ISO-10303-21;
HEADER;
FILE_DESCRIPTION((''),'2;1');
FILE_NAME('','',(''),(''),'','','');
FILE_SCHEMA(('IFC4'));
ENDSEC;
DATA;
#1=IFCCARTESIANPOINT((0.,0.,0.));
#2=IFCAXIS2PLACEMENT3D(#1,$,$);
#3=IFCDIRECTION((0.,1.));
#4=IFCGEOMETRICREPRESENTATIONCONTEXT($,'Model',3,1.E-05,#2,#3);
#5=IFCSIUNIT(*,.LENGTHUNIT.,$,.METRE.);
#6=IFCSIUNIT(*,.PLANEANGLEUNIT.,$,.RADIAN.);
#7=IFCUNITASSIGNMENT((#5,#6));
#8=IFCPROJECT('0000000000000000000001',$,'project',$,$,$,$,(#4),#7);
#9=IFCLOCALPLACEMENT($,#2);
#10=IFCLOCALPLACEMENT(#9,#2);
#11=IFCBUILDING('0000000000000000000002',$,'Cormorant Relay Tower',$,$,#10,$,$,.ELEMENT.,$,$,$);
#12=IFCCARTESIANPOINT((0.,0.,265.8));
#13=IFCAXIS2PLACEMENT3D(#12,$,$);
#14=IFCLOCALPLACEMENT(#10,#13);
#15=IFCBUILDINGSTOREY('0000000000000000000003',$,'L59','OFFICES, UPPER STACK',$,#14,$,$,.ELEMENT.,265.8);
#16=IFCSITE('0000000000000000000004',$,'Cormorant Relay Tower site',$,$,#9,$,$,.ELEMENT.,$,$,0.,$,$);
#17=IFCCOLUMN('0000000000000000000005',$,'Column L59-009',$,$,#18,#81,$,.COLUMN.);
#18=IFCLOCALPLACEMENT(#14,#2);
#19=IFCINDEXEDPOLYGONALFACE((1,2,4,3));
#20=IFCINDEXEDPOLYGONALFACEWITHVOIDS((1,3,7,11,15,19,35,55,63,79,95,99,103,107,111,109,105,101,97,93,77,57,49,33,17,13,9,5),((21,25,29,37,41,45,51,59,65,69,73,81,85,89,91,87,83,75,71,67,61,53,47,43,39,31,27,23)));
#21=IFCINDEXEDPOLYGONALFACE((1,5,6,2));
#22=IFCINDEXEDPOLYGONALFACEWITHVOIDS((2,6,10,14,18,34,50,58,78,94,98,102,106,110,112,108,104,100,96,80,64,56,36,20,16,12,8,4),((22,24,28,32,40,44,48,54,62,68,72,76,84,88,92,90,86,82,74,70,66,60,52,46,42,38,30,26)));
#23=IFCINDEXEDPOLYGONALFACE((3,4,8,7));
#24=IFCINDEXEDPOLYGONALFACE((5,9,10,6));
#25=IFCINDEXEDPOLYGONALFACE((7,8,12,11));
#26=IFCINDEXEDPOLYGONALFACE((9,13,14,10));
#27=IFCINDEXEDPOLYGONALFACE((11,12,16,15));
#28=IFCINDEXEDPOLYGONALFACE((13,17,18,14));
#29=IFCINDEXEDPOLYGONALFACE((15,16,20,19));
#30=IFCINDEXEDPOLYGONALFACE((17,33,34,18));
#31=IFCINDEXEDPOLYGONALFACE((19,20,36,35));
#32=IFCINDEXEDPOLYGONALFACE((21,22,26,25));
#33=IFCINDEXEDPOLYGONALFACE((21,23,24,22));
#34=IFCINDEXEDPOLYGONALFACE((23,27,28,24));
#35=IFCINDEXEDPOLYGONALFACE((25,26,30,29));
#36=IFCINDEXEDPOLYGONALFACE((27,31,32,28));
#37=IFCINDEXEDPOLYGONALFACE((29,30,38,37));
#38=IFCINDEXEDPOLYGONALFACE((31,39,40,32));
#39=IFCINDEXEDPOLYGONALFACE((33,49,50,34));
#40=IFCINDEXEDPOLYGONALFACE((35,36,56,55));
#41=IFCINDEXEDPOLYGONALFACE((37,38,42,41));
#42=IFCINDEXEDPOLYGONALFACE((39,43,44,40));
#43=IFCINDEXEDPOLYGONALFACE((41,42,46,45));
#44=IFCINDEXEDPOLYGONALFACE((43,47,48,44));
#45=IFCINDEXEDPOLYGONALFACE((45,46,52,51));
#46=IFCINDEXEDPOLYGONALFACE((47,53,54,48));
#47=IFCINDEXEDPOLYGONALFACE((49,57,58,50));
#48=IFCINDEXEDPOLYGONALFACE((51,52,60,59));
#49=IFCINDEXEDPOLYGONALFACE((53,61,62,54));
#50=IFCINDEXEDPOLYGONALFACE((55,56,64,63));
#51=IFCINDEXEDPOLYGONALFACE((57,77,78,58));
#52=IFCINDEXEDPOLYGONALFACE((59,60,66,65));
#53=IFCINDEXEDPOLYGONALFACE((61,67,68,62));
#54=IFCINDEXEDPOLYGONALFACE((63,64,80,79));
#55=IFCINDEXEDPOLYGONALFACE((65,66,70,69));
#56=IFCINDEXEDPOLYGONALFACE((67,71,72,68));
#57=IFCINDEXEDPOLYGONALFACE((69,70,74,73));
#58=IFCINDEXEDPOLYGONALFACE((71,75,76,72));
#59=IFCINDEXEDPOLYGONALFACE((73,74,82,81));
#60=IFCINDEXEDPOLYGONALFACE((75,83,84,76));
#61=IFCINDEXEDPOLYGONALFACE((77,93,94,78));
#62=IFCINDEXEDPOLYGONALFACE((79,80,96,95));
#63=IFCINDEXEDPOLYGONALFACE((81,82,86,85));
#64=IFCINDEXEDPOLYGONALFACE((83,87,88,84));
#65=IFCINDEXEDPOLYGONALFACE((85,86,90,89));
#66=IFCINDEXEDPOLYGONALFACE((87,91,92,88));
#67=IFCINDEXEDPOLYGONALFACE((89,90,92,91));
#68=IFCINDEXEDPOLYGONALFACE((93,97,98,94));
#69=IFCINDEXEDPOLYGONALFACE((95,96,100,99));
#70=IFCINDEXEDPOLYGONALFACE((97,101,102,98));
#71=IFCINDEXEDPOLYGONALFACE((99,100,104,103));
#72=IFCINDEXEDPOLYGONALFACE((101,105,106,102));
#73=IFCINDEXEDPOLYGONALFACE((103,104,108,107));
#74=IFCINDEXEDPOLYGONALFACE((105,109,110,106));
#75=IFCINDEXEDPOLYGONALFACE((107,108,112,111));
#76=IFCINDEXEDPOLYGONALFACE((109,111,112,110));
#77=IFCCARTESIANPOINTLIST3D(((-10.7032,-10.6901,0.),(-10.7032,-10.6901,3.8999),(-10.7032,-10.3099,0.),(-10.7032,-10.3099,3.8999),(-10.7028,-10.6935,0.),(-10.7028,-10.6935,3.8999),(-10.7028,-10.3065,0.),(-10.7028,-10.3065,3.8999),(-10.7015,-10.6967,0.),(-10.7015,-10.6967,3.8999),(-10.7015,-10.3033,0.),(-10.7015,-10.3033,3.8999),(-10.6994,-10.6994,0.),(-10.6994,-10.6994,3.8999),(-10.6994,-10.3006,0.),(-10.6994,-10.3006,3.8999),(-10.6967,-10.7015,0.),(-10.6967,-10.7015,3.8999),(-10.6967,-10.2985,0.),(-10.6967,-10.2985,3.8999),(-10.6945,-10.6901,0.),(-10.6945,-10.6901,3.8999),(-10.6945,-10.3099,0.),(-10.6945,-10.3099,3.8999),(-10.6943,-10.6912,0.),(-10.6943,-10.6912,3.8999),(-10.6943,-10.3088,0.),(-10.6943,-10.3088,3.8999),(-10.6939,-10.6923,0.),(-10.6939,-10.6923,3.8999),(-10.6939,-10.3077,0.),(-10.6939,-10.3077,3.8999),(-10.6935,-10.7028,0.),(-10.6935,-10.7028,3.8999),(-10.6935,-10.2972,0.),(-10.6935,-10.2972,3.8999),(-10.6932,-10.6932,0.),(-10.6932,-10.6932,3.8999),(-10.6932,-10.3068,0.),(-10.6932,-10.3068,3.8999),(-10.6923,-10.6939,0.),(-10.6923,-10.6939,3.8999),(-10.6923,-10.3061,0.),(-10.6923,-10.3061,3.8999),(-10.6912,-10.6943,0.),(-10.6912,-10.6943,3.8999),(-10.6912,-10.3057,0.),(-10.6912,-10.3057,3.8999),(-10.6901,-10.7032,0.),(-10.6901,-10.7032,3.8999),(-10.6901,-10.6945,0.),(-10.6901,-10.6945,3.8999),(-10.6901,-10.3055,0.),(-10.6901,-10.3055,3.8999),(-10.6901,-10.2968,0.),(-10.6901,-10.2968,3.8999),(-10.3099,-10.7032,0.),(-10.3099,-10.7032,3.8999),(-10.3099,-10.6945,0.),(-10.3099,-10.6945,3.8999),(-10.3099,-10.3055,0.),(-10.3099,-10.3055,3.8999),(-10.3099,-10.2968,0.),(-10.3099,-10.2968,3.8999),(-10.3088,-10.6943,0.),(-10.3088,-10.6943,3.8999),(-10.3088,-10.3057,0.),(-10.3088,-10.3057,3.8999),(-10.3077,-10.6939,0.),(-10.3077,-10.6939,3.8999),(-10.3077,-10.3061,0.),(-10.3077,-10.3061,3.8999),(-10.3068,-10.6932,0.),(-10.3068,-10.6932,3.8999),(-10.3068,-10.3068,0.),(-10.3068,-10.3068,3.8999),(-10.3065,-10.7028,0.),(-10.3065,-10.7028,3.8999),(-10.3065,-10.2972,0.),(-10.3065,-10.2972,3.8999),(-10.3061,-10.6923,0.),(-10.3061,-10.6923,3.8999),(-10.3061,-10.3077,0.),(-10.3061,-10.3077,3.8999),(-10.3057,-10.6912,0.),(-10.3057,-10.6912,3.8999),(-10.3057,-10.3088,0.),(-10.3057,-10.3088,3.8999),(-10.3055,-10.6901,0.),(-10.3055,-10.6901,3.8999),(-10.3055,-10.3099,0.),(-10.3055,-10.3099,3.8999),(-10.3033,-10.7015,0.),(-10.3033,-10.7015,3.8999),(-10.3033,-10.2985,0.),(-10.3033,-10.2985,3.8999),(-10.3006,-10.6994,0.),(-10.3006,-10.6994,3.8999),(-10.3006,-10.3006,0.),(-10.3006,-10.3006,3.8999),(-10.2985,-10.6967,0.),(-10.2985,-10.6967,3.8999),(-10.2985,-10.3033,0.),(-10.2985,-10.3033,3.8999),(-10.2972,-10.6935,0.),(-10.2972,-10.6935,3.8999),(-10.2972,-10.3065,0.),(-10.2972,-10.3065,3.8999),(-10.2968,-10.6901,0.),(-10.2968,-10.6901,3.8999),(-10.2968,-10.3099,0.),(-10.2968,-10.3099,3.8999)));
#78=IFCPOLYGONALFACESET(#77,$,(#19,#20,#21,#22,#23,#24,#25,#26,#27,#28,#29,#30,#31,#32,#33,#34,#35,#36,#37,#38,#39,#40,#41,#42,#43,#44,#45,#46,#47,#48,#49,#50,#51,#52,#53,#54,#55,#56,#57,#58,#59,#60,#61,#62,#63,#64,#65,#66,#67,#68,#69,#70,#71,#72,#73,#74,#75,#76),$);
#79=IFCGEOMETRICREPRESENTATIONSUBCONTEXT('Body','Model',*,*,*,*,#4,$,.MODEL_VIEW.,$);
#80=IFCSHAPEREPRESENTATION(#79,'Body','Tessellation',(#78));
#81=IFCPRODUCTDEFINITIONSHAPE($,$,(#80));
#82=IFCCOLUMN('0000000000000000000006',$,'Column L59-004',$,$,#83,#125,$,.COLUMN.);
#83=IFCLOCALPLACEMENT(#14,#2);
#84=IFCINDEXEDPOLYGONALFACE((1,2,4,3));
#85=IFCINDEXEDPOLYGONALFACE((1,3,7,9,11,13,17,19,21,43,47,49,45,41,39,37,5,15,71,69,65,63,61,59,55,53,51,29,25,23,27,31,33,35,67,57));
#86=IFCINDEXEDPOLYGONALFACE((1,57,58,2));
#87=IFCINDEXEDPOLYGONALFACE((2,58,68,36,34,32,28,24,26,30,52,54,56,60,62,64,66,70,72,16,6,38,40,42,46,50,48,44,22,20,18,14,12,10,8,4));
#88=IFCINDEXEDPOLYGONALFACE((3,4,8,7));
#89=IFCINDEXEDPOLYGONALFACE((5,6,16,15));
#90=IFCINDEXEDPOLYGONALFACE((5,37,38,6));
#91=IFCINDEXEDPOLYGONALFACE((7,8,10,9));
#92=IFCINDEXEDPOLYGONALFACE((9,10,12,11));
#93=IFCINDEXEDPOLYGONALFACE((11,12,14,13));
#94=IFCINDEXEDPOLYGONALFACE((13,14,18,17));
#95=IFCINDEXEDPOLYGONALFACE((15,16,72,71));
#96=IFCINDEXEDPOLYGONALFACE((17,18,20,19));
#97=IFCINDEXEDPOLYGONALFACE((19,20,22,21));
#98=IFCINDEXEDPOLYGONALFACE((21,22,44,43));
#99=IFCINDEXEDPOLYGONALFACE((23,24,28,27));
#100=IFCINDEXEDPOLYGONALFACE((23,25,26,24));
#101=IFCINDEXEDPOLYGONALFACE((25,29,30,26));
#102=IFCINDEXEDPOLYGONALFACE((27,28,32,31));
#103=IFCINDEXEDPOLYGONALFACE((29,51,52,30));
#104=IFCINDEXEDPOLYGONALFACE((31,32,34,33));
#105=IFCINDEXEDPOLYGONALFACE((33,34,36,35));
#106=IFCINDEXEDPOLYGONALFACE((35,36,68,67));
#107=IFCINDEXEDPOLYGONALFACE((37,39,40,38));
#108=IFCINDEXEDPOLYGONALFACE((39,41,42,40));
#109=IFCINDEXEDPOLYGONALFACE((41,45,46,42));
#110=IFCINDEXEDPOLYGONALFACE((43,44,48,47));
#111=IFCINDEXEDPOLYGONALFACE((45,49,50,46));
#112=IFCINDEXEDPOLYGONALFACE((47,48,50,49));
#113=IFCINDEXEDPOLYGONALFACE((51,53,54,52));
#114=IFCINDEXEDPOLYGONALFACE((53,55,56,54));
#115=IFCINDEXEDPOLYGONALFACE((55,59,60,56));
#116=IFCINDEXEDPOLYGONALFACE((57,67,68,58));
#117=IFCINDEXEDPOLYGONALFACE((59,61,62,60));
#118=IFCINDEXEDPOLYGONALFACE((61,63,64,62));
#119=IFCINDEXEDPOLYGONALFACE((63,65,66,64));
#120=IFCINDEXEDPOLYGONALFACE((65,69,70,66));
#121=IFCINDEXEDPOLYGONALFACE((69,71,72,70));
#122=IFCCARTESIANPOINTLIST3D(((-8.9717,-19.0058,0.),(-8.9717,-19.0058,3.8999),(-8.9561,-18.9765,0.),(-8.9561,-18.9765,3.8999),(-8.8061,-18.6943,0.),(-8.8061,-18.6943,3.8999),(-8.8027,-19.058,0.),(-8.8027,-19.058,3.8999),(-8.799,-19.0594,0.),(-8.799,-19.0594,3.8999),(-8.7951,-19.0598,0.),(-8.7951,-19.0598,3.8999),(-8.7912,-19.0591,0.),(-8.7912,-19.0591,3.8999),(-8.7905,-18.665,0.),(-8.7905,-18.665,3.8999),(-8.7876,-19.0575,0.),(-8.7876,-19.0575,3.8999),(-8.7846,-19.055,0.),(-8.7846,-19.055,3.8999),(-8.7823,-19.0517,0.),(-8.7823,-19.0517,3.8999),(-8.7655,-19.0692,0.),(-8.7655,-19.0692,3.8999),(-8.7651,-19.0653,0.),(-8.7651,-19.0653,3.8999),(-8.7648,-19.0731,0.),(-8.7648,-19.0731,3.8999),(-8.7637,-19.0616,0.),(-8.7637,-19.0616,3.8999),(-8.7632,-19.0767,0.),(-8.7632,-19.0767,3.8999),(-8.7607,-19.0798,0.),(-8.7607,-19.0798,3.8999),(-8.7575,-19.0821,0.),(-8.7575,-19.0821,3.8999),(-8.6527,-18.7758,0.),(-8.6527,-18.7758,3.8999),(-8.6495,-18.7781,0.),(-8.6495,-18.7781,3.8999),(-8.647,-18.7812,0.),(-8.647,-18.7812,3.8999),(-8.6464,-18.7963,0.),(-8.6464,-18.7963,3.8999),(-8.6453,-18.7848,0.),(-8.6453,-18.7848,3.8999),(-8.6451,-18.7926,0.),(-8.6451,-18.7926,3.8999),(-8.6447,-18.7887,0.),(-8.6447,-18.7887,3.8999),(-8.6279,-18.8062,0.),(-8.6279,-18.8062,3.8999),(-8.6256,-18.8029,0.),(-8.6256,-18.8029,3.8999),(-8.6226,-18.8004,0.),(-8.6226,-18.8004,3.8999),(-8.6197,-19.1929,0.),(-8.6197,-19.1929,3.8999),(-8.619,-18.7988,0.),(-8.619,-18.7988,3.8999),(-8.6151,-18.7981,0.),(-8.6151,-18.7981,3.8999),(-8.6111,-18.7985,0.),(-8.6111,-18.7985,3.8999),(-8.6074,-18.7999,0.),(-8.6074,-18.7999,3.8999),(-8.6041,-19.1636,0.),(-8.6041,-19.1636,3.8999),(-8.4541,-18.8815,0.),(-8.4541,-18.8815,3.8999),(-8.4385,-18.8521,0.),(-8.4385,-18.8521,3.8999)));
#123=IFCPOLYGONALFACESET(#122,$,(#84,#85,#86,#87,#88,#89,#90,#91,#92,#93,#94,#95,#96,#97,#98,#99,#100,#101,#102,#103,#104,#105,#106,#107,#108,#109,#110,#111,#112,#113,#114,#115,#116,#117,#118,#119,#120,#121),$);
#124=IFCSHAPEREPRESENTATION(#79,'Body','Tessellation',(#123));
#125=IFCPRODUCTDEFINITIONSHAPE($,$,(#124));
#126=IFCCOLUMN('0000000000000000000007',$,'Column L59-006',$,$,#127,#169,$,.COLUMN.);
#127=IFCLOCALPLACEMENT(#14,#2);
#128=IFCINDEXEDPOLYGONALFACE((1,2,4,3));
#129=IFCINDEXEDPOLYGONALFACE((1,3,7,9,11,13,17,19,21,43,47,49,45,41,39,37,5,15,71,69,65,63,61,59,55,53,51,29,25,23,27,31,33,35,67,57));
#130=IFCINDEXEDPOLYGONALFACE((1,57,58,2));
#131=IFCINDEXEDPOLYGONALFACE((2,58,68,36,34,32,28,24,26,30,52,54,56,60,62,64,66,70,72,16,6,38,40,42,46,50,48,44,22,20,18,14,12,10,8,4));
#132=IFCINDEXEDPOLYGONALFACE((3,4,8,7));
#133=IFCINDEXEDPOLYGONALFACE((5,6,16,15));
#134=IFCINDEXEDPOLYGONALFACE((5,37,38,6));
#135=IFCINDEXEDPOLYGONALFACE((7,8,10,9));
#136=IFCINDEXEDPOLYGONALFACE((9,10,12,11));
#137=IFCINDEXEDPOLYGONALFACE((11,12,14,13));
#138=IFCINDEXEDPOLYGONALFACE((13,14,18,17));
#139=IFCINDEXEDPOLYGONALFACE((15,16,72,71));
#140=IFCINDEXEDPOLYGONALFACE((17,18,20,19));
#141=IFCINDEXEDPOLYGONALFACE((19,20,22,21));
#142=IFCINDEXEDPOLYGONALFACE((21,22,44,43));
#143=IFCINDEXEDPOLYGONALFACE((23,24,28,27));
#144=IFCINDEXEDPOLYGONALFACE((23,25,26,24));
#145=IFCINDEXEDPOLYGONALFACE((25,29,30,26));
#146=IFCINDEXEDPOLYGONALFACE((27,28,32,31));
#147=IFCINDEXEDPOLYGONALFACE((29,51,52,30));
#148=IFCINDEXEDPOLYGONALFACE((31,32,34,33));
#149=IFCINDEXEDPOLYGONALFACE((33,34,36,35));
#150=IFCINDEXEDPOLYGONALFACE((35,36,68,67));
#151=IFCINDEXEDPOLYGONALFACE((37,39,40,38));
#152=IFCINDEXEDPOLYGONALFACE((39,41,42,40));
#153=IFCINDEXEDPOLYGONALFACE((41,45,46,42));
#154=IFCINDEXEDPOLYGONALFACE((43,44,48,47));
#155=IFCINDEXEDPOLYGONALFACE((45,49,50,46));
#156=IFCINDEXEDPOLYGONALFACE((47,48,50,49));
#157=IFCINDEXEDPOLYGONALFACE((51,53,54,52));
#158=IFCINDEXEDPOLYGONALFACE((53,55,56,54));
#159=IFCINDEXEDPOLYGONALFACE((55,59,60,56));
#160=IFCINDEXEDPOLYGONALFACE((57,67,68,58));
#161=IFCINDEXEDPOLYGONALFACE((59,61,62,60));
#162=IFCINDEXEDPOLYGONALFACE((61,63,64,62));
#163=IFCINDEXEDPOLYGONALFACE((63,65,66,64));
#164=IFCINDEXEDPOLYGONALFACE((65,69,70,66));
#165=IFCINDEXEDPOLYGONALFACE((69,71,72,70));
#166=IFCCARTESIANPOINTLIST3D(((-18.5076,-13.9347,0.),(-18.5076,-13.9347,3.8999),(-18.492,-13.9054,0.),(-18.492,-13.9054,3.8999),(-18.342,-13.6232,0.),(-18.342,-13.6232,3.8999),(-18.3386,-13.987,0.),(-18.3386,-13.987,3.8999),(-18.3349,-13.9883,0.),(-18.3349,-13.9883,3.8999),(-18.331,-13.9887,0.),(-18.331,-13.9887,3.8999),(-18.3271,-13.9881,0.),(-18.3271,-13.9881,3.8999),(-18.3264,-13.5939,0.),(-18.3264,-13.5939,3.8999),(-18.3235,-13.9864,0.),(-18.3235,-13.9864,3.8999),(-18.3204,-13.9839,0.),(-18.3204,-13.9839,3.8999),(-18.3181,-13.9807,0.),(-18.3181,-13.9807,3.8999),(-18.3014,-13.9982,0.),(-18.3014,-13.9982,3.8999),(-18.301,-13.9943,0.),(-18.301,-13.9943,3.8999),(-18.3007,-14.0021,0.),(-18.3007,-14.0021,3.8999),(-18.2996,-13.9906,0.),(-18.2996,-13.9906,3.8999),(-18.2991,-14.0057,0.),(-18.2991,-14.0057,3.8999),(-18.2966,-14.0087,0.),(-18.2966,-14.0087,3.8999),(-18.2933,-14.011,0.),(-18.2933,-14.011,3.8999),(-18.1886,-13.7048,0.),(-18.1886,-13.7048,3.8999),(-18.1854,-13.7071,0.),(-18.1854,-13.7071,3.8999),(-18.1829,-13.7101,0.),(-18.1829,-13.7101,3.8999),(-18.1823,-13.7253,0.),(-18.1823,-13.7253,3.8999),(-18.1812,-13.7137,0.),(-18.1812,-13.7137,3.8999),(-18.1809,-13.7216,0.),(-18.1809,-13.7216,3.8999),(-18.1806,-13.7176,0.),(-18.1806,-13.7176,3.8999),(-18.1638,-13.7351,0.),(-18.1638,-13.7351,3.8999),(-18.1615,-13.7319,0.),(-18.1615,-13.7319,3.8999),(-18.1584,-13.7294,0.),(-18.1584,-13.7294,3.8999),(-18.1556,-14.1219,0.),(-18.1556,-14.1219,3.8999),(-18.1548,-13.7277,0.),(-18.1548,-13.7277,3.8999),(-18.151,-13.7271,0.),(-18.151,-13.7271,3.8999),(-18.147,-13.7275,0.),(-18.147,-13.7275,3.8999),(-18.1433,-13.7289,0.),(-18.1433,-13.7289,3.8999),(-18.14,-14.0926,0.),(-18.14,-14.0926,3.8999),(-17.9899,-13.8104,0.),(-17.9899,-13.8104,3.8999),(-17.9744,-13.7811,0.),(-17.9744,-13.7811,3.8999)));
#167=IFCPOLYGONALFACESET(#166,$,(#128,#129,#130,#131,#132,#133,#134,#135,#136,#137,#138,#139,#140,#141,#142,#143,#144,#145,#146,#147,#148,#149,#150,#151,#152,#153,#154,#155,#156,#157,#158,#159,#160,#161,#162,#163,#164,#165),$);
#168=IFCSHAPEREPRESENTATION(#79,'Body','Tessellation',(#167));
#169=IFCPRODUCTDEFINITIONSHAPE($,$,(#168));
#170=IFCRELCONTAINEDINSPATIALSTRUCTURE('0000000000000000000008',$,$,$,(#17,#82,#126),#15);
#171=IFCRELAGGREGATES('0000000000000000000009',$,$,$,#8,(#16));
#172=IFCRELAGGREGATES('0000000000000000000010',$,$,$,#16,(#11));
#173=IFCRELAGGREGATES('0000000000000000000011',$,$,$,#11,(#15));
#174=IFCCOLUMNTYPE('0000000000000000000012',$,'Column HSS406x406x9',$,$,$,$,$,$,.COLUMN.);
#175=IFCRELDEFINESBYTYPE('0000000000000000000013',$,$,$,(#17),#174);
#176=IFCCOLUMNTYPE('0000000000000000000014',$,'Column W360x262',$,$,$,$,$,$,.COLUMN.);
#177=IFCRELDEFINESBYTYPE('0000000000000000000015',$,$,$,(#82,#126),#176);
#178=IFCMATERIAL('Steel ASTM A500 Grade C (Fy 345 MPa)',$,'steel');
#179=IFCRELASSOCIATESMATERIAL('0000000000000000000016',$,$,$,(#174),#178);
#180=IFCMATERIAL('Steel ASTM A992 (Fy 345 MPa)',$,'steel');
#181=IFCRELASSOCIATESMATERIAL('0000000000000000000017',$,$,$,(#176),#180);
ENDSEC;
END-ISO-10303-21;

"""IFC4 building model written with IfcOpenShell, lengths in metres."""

from ifc_helpers import new_model, si_unit, direction, frame, origin, origin_2d, place, context, subcontext, project, spatial, hollow_rectangle, i_section, extrude, material, material_profile, profile_set, type_object, element, save


model = new_model("IFC4")

# Units and contexts
model_context = context("Model", 3, precision=1e-05, world=origin(), true_north=direction((0.0, 1.0)))
body_context = subcontext(model_context, "Body", "Model", "MODEL_VIEW")
ifc_project = project(units=[si_unit("LENGTHUNIT", "METRE"), si_unit("PLANEANGLEUNIT", "RADIAN")], contexts=[model_context])

# Site, building, storey
site_placement = place(None, origin())
site = spatial("IfcSite", under=ifc_project, at=site_placement, Name="Cormorant Relay Tower site", CompositionType="ELEMENT", RefElevation=0.0)
building_placement = place(site_placement, origin())
building = spatial("IfcBuilding", under=site, at=building_placement, Name="Cormorant Relay Tower", CompositionType="ELEMENT")
storey_placement = place(building_placement, frame((0.0, 0.0, 265.8)))
storey = spatial("IfcBuildingStorey", under=building, at=storey_placement, Name="L59", Description="OFFICES, UPPER STACK", CompositionType="ELEMENT", Elevation=265.8)

# Columns
ifc_material_1 = material(Name="Steel ASTM A500 Grade C (Fy 345 MPa)", Category="steel")
ifc_material_profile_1 = material_profile(ifc_material_1, hollow_rectangle(XDim=0.4065, YDim=0.4065, WallThickness=0.0088, InnerFilletRadius=0.0044, OuterFilletRadius=0.0132, at=origin_2d()), Name="HSS406x406x9")
ifc_profile_set_1 = profile_set([ifc_material_profile_1], Name="Steel ASTM A500 Grade C (Fy 345 MPa)")
column_type_1 = type_object("IfcColumnType", Name="Column HSS406x406x9", PredefinedType="COLUMN", material=ifc_profile_set_1)
column_placement = place(storey_placement, frame((-10.5, -10.5, 0.0), z_axis=(0.0, 0.0, 1.0), x_axis=(1.0, 0.0, 0.0)))
element("IfcColumn", 1, at=column_placement, inside=storey, type_object=column_type_1, Name="Column L59-009", PredefinedType="COLUMN", context=body_context, shape_type="SweptSolid", body=[
    extrude(hollow_rectangle(XDim=0.4065, YDim=0.4065, WallThickness=0.0088, InnerFilletRadius=0.0044, OuterFilletRadius=0.0132, at=origin_2d()), origin(), (0.0, 0.0, 1.0), 3.8999),
])
ifc_material_2 = material(Name="Steel ASTM A992 (Fy 345 MPa)", Category="steel")
ifc_material_profile_2 = material_profile(ifc_material_2, i_section(OverallWidth=0.3987, OverallDepth=0.386, WebThickness=0.021, FlangeThickness=0.0332, FilletRadius=0.0151, at=origin_2d()), Name="W360x262")
ifc_profile_set_2 = profile_set([ifc_material_profile_2], Name="Steel ASTM A992 (Fy 345 MPa)")
column_type_2 = type_object("IfcColumnType", Name="Column W360x262", PredefinedType="COLUMN", material=ifc_profile_set_2)
for number, where, z_axis, x_axis, name in (
    (2, (-8.7051, -18.929, 0.0), (0.0, 0.0, 1.0), (0.882948, -0.469472, 0.0), "Column L59-004"),
    (3, (-18.241, -13.8579, 0.0), (0.0, 0.0, 1.0), (0.882948, -0.469472, 0.0), "Column L59-006"),
):
    element("IfcColumn", number, at=place(storey_placement, frame(where, z_axis=z_axis, x_axis=x_axis)), inside=storey, type_object=column_type_2, Name=name, PredefinedType="COLUMN", context=body_context, shape_type="SweptSolid", body=[
        extrude(i_section(OverallWidth=0.3987, OverallDepth=0.386, WebThickness=0.021, FlangeThickness=0.0332, FilletRadius=0.0151, at=origin_2d()), origin(), (0.0, 0.0, 1.0), 3.8999),
    ])

save(model, "model.ifc")
